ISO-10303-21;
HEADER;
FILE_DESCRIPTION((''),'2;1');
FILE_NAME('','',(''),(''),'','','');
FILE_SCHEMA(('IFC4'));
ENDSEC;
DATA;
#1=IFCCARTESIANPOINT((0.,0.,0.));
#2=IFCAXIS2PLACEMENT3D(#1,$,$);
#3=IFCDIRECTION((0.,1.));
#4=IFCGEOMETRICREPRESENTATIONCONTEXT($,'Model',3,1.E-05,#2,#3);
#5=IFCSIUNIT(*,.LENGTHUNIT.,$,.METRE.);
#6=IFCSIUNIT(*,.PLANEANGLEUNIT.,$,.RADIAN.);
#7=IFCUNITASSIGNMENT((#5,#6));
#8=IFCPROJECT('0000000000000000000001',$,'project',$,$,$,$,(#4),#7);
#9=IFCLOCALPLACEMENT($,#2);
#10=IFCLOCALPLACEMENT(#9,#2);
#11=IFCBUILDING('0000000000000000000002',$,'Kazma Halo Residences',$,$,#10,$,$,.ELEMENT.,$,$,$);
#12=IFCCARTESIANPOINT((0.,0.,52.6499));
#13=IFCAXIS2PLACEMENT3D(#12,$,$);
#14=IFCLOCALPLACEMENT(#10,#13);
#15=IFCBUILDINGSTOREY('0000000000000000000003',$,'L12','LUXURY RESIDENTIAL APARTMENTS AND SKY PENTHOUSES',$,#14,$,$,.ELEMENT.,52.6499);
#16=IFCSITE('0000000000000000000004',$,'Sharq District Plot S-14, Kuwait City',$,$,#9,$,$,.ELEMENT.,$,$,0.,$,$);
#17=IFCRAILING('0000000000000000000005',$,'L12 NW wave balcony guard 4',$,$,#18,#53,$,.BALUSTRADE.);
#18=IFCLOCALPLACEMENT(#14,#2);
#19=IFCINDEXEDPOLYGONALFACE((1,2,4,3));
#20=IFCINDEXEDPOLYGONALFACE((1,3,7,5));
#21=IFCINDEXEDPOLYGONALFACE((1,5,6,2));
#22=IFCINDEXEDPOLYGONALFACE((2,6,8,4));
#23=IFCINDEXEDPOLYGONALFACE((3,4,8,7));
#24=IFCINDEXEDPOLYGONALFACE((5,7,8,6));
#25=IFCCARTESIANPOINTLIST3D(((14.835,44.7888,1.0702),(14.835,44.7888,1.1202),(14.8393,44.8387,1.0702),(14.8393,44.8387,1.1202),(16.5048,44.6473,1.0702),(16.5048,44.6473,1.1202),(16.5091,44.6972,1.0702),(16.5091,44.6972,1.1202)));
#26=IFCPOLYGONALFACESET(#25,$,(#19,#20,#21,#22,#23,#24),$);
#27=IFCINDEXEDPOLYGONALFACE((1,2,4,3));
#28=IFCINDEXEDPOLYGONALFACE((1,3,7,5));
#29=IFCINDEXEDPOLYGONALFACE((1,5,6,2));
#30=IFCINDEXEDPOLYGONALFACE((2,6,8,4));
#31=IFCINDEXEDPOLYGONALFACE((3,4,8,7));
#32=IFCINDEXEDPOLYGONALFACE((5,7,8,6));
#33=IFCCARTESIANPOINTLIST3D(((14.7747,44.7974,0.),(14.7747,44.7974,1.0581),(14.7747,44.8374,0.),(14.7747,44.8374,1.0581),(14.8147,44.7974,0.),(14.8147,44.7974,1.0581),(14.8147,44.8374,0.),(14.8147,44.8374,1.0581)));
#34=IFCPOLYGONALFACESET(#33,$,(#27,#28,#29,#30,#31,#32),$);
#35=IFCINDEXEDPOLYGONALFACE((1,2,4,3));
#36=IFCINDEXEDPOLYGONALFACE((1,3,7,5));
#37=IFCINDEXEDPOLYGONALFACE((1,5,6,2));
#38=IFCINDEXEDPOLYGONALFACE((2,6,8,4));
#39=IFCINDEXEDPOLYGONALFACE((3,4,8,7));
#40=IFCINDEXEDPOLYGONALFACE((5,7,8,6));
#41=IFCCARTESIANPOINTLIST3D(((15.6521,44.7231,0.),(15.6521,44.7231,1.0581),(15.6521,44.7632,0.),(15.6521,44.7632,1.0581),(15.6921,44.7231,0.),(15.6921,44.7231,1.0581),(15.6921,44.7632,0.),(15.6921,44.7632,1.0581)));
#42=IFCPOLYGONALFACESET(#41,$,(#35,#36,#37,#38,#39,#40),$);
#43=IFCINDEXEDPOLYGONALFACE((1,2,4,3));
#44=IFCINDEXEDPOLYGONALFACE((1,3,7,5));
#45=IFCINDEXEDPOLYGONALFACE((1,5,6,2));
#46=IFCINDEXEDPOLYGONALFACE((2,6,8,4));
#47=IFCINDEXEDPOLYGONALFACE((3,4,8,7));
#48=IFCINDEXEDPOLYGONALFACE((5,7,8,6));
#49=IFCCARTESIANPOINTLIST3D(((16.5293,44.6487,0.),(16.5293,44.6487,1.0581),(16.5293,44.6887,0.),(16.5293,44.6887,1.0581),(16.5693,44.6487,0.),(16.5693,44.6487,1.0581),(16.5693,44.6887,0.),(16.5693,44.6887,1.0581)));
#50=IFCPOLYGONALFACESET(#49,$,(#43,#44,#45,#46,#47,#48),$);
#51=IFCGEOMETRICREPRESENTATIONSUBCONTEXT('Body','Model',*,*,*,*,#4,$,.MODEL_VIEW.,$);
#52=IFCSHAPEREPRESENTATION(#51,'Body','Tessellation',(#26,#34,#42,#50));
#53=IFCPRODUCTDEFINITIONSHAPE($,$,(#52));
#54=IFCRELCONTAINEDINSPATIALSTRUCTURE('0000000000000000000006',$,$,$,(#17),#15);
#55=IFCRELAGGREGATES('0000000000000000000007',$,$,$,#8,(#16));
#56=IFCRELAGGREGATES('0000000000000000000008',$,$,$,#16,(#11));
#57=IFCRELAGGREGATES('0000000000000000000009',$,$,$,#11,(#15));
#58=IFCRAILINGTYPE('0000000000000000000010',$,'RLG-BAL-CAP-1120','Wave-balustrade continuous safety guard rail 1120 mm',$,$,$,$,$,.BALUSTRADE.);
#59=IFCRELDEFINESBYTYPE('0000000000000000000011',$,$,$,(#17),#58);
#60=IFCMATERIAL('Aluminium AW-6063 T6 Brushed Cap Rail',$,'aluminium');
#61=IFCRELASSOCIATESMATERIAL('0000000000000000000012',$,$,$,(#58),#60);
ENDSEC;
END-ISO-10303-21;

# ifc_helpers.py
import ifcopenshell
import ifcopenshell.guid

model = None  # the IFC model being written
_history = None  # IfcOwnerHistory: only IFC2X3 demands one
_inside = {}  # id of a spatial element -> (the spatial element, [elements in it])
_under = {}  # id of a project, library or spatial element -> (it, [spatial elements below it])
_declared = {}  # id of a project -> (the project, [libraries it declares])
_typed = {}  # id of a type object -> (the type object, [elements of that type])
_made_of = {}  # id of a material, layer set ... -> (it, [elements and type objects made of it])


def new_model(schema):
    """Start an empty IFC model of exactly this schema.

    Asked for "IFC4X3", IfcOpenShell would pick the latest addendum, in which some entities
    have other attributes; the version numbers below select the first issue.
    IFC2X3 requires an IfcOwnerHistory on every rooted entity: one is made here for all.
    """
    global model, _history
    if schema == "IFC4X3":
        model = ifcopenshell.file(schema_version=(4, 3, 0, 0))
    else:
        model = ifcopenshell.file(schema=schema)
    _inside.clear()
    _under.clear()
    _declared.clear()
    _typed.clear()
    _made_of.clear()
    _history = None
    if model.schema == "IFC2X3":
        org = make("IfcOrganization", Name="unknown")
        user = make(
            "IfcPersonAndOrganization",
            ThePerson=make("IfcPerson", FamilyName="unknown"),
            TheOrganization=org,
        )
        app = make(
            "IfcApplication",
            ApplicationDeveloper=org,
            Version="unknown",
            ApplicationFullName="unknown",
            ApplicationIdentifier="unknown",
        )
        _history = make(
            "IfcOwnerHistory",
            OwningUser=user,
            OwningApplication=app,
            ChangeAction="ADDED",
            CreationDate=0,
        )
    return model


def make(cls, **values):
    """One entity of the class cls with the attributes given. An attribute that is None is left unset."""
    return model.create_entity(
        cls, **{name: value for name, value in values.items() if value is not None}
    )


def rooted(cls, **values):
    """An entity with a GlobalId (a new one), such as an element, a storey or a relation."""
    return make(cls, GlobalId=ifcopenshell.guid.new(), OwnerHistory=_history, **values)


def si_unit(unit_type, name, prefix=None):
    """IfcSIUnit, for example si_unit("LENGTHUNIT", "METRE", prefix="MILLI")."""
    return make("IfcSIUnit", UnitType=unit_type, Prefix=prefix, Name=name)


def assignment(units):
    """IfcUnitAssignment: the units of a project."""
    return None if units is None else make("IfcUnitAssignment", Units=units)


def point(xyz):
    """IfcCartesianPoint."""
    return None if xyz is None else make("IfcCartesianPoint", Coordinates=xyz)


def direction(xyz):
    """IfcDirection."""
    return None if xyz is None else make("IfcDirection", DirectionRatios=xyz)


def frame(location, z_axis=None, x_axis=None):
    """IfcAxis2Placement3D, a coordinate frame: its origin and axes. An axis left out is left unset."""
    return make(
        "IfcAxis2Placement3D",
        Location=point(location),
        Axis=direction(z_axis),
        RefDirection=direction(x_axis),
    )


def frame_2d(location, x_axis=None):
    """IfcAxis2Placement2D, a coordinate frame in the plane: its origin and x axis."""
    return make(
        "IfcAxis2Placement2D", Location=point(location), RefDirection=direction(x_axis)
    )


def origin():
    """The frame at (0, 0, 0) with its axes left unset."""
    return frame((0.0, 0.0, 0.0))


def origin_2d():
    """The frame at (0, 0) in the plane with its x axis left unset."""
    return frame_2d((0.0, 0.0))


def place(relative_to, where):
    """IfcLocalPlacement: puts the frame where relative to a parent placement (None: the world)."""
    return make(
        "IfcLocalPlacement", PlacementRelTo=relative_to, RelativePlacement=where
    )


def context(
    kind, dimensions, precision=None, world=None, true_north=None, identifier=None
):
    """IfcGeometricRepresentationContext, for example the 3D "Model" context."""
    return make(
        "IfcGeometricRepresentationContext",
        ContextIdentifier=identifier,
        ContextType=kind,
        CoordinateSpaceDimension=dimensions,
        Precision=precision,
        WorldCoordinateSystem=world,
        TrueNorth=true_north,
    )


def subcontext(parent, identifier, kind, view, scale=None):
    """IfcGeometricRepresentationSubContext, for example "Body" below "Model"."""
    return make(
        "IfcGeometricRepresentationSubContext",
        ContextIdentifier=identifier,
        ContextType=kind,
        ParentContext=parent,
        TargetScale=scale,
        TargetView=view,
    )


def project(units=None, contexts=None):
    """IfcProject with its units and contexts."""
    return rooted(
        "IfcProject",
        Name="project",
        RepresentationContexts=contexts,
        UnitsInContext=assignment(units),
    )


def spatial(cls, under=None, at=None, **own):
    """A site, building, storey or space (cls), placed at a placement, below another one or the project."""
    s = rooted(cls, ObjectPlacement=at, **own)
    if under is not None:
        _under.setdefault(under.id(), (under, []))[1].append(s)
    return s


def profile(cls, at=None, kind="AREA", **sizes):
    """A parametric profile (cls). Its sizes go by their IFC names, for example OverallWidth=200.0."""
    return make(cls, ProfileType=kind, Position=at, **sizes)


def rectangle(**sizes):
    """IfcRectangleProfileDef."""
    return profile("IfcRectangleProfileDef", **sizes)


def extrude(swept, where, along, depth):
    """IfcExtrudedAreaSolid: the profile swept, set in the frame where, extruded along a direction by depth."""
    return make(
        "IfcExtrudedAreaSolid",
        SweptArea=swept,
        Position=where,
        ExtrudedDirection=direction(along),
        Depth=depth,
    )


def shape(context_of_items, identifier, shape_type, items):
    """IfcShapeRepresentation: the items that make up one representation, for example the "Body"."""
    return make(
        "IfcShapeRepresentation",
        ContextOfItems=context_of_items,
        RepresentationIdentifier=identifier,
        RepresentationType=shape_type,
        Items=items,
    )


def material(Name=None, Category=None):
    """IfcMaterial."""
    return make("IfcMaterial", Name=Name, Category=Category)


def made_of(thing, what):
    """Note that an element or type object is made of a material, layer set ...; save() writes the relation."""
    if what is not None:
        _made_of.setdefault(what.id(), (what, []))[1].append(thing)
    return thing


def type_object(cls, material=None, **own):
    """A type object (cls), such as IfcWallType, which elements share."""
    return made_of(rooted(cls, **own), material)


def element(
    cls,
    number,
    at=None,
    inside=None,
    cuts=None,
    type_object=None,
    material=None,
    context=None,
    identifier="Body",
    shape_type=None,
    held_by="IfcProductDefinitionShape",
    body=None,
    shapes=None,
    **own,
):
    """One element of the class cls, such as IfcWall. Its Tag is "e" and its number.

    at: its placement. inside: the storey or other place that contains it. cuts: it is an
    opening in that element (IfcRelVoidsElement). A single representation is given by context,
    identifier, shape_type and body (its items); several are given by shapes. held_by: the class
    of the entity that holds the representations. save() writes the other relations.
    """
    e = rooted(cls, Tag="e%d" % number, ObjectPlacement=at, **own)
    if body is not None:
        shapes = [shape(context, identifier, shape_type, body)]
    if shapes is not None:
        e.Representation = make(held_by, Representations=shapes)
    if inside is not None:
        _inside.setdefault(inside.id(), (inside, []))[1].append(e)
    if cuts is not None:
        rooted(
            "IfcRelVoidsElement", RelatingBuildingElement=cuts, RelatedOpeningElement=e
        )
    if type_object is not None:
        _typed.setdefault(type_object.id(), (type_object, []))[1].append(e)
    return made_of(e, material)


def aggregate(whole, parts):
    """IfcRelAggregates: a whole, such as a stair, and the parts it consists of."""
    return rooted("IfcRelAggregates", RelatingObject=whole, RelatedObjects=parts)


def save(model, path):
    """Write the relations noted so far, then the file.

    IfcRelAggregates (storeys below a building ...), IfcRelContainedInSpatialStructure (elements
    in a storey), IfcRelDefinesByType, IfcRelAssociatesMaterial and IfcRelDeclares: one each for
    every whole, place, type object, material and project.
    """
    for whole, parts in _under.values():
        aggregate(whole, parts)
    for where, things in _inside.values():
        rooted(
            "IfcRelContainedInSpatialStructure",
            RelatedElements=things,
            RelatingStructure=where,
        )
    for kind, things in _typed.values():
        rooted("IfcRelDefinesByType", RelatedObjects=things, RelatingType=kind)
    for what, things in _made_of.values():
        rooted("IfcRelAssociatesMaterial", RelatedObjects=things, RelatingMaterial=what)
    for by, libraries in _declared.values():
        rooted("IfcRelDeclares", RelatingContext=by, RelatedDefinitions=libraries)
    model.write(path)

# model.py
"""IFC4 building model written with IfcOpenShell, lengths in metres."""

from ifc_helpers import new_model, si_unit, direction, frame, origin, origin_2d, place, context, subcontext, project, spatial, rectangle, extrude, material, type_object, element, save


model = new_model("IFC4")

# Units and contexts
model_context = context("Model", 3, precision=1e-05, world=origin(), true_north=direction((0.0, 1.0)))
body_context = subcontext(model_context, "Body", "Model", "MODEL_VIEW")
ifc_project = project(units=[si_unit("LENGTHUNIT", "METRE"), si_unit("PLANEANGLEUNIT", "RADIAN")], contexts=[model_context])

# Site, building, storey
site_placement = place(None, origin())
site = spatial("IfcSite", under=ifc_project, at=site_placement, Name="Sharq District Plot S-14, Kuwait City", CompositionType="ELEMENT", RefElevation=0.0)
building_placement = place(site_placement, origin())
building = spatial("IfcBuilding", under=site, at=building_placement, Name="Kazma Halo Residences", CompositionType="ELEMENT")
storey_placement = place(building_placement, frame((0.0, 0.0, 52.6499)))
storey = spatial("IfcBuildingStorey", under=building, at=storey_placement, Name="L12", Description="LUXURY RESIDENTIAL APARTMENTS AND SKY PENTHOUSES", CompositionType="ELEMENT", Elevation=52.6499)

# Railing
ifc_material_1 = material(Name="Aluminium AW-6063 T6 Brushed Cap Rail", Category="aluminium")
railing_type = type_object("IfcRailingType", Name="RLG-BAL-CAP-1120", Description="Wave-balustrade continuous safety guard rail 1120 mm", PredefinedType="BALUSTRADE", material=ifc_material_1)
railing_placement = place(storey_placement, frame((14.7947, 44.8174, 0.0)))
element("IfcRailing", 1, at=railing_placement, inside=storey, type_object=railing_type, Name="L12 NW wave balcony guard 4", PredefinedType="BALUSTRADE", context=body_context, shape_type="SweptSolid", body=[
    extrude(rectangle(XDim=0.05, YDim=0.05, at=origin_2d()), frame((0.0425, -0.0037, 1.0952), z_axis=(0.996429, -0.084434, 0.0), x_axis=(0.084434, 0.996429, 0.0)), (0.0, 0.0, 1.0), 1.6758),
    extrude(rectangle(XDim=0.04, YDim=0.04, at=origin_2d()), origin(), (0.0, 0.0, 1.0), 1.0581),
    extrude(rectangle(XDim=0.04, YDim=0.04, at=origin_2d()), frame((0.8774, -0.0742, 0.0)), (0.0, 0.0, 1.0), 1.0581),
    extrude(rectangle(XDim=0.04, YDim=0.04, at=origin_2d()), frame((1.7546, -0.1487, 0.0)), (0.0, 0.0, 1.0), 1.0581),
])

save(model, "model.ifc")
